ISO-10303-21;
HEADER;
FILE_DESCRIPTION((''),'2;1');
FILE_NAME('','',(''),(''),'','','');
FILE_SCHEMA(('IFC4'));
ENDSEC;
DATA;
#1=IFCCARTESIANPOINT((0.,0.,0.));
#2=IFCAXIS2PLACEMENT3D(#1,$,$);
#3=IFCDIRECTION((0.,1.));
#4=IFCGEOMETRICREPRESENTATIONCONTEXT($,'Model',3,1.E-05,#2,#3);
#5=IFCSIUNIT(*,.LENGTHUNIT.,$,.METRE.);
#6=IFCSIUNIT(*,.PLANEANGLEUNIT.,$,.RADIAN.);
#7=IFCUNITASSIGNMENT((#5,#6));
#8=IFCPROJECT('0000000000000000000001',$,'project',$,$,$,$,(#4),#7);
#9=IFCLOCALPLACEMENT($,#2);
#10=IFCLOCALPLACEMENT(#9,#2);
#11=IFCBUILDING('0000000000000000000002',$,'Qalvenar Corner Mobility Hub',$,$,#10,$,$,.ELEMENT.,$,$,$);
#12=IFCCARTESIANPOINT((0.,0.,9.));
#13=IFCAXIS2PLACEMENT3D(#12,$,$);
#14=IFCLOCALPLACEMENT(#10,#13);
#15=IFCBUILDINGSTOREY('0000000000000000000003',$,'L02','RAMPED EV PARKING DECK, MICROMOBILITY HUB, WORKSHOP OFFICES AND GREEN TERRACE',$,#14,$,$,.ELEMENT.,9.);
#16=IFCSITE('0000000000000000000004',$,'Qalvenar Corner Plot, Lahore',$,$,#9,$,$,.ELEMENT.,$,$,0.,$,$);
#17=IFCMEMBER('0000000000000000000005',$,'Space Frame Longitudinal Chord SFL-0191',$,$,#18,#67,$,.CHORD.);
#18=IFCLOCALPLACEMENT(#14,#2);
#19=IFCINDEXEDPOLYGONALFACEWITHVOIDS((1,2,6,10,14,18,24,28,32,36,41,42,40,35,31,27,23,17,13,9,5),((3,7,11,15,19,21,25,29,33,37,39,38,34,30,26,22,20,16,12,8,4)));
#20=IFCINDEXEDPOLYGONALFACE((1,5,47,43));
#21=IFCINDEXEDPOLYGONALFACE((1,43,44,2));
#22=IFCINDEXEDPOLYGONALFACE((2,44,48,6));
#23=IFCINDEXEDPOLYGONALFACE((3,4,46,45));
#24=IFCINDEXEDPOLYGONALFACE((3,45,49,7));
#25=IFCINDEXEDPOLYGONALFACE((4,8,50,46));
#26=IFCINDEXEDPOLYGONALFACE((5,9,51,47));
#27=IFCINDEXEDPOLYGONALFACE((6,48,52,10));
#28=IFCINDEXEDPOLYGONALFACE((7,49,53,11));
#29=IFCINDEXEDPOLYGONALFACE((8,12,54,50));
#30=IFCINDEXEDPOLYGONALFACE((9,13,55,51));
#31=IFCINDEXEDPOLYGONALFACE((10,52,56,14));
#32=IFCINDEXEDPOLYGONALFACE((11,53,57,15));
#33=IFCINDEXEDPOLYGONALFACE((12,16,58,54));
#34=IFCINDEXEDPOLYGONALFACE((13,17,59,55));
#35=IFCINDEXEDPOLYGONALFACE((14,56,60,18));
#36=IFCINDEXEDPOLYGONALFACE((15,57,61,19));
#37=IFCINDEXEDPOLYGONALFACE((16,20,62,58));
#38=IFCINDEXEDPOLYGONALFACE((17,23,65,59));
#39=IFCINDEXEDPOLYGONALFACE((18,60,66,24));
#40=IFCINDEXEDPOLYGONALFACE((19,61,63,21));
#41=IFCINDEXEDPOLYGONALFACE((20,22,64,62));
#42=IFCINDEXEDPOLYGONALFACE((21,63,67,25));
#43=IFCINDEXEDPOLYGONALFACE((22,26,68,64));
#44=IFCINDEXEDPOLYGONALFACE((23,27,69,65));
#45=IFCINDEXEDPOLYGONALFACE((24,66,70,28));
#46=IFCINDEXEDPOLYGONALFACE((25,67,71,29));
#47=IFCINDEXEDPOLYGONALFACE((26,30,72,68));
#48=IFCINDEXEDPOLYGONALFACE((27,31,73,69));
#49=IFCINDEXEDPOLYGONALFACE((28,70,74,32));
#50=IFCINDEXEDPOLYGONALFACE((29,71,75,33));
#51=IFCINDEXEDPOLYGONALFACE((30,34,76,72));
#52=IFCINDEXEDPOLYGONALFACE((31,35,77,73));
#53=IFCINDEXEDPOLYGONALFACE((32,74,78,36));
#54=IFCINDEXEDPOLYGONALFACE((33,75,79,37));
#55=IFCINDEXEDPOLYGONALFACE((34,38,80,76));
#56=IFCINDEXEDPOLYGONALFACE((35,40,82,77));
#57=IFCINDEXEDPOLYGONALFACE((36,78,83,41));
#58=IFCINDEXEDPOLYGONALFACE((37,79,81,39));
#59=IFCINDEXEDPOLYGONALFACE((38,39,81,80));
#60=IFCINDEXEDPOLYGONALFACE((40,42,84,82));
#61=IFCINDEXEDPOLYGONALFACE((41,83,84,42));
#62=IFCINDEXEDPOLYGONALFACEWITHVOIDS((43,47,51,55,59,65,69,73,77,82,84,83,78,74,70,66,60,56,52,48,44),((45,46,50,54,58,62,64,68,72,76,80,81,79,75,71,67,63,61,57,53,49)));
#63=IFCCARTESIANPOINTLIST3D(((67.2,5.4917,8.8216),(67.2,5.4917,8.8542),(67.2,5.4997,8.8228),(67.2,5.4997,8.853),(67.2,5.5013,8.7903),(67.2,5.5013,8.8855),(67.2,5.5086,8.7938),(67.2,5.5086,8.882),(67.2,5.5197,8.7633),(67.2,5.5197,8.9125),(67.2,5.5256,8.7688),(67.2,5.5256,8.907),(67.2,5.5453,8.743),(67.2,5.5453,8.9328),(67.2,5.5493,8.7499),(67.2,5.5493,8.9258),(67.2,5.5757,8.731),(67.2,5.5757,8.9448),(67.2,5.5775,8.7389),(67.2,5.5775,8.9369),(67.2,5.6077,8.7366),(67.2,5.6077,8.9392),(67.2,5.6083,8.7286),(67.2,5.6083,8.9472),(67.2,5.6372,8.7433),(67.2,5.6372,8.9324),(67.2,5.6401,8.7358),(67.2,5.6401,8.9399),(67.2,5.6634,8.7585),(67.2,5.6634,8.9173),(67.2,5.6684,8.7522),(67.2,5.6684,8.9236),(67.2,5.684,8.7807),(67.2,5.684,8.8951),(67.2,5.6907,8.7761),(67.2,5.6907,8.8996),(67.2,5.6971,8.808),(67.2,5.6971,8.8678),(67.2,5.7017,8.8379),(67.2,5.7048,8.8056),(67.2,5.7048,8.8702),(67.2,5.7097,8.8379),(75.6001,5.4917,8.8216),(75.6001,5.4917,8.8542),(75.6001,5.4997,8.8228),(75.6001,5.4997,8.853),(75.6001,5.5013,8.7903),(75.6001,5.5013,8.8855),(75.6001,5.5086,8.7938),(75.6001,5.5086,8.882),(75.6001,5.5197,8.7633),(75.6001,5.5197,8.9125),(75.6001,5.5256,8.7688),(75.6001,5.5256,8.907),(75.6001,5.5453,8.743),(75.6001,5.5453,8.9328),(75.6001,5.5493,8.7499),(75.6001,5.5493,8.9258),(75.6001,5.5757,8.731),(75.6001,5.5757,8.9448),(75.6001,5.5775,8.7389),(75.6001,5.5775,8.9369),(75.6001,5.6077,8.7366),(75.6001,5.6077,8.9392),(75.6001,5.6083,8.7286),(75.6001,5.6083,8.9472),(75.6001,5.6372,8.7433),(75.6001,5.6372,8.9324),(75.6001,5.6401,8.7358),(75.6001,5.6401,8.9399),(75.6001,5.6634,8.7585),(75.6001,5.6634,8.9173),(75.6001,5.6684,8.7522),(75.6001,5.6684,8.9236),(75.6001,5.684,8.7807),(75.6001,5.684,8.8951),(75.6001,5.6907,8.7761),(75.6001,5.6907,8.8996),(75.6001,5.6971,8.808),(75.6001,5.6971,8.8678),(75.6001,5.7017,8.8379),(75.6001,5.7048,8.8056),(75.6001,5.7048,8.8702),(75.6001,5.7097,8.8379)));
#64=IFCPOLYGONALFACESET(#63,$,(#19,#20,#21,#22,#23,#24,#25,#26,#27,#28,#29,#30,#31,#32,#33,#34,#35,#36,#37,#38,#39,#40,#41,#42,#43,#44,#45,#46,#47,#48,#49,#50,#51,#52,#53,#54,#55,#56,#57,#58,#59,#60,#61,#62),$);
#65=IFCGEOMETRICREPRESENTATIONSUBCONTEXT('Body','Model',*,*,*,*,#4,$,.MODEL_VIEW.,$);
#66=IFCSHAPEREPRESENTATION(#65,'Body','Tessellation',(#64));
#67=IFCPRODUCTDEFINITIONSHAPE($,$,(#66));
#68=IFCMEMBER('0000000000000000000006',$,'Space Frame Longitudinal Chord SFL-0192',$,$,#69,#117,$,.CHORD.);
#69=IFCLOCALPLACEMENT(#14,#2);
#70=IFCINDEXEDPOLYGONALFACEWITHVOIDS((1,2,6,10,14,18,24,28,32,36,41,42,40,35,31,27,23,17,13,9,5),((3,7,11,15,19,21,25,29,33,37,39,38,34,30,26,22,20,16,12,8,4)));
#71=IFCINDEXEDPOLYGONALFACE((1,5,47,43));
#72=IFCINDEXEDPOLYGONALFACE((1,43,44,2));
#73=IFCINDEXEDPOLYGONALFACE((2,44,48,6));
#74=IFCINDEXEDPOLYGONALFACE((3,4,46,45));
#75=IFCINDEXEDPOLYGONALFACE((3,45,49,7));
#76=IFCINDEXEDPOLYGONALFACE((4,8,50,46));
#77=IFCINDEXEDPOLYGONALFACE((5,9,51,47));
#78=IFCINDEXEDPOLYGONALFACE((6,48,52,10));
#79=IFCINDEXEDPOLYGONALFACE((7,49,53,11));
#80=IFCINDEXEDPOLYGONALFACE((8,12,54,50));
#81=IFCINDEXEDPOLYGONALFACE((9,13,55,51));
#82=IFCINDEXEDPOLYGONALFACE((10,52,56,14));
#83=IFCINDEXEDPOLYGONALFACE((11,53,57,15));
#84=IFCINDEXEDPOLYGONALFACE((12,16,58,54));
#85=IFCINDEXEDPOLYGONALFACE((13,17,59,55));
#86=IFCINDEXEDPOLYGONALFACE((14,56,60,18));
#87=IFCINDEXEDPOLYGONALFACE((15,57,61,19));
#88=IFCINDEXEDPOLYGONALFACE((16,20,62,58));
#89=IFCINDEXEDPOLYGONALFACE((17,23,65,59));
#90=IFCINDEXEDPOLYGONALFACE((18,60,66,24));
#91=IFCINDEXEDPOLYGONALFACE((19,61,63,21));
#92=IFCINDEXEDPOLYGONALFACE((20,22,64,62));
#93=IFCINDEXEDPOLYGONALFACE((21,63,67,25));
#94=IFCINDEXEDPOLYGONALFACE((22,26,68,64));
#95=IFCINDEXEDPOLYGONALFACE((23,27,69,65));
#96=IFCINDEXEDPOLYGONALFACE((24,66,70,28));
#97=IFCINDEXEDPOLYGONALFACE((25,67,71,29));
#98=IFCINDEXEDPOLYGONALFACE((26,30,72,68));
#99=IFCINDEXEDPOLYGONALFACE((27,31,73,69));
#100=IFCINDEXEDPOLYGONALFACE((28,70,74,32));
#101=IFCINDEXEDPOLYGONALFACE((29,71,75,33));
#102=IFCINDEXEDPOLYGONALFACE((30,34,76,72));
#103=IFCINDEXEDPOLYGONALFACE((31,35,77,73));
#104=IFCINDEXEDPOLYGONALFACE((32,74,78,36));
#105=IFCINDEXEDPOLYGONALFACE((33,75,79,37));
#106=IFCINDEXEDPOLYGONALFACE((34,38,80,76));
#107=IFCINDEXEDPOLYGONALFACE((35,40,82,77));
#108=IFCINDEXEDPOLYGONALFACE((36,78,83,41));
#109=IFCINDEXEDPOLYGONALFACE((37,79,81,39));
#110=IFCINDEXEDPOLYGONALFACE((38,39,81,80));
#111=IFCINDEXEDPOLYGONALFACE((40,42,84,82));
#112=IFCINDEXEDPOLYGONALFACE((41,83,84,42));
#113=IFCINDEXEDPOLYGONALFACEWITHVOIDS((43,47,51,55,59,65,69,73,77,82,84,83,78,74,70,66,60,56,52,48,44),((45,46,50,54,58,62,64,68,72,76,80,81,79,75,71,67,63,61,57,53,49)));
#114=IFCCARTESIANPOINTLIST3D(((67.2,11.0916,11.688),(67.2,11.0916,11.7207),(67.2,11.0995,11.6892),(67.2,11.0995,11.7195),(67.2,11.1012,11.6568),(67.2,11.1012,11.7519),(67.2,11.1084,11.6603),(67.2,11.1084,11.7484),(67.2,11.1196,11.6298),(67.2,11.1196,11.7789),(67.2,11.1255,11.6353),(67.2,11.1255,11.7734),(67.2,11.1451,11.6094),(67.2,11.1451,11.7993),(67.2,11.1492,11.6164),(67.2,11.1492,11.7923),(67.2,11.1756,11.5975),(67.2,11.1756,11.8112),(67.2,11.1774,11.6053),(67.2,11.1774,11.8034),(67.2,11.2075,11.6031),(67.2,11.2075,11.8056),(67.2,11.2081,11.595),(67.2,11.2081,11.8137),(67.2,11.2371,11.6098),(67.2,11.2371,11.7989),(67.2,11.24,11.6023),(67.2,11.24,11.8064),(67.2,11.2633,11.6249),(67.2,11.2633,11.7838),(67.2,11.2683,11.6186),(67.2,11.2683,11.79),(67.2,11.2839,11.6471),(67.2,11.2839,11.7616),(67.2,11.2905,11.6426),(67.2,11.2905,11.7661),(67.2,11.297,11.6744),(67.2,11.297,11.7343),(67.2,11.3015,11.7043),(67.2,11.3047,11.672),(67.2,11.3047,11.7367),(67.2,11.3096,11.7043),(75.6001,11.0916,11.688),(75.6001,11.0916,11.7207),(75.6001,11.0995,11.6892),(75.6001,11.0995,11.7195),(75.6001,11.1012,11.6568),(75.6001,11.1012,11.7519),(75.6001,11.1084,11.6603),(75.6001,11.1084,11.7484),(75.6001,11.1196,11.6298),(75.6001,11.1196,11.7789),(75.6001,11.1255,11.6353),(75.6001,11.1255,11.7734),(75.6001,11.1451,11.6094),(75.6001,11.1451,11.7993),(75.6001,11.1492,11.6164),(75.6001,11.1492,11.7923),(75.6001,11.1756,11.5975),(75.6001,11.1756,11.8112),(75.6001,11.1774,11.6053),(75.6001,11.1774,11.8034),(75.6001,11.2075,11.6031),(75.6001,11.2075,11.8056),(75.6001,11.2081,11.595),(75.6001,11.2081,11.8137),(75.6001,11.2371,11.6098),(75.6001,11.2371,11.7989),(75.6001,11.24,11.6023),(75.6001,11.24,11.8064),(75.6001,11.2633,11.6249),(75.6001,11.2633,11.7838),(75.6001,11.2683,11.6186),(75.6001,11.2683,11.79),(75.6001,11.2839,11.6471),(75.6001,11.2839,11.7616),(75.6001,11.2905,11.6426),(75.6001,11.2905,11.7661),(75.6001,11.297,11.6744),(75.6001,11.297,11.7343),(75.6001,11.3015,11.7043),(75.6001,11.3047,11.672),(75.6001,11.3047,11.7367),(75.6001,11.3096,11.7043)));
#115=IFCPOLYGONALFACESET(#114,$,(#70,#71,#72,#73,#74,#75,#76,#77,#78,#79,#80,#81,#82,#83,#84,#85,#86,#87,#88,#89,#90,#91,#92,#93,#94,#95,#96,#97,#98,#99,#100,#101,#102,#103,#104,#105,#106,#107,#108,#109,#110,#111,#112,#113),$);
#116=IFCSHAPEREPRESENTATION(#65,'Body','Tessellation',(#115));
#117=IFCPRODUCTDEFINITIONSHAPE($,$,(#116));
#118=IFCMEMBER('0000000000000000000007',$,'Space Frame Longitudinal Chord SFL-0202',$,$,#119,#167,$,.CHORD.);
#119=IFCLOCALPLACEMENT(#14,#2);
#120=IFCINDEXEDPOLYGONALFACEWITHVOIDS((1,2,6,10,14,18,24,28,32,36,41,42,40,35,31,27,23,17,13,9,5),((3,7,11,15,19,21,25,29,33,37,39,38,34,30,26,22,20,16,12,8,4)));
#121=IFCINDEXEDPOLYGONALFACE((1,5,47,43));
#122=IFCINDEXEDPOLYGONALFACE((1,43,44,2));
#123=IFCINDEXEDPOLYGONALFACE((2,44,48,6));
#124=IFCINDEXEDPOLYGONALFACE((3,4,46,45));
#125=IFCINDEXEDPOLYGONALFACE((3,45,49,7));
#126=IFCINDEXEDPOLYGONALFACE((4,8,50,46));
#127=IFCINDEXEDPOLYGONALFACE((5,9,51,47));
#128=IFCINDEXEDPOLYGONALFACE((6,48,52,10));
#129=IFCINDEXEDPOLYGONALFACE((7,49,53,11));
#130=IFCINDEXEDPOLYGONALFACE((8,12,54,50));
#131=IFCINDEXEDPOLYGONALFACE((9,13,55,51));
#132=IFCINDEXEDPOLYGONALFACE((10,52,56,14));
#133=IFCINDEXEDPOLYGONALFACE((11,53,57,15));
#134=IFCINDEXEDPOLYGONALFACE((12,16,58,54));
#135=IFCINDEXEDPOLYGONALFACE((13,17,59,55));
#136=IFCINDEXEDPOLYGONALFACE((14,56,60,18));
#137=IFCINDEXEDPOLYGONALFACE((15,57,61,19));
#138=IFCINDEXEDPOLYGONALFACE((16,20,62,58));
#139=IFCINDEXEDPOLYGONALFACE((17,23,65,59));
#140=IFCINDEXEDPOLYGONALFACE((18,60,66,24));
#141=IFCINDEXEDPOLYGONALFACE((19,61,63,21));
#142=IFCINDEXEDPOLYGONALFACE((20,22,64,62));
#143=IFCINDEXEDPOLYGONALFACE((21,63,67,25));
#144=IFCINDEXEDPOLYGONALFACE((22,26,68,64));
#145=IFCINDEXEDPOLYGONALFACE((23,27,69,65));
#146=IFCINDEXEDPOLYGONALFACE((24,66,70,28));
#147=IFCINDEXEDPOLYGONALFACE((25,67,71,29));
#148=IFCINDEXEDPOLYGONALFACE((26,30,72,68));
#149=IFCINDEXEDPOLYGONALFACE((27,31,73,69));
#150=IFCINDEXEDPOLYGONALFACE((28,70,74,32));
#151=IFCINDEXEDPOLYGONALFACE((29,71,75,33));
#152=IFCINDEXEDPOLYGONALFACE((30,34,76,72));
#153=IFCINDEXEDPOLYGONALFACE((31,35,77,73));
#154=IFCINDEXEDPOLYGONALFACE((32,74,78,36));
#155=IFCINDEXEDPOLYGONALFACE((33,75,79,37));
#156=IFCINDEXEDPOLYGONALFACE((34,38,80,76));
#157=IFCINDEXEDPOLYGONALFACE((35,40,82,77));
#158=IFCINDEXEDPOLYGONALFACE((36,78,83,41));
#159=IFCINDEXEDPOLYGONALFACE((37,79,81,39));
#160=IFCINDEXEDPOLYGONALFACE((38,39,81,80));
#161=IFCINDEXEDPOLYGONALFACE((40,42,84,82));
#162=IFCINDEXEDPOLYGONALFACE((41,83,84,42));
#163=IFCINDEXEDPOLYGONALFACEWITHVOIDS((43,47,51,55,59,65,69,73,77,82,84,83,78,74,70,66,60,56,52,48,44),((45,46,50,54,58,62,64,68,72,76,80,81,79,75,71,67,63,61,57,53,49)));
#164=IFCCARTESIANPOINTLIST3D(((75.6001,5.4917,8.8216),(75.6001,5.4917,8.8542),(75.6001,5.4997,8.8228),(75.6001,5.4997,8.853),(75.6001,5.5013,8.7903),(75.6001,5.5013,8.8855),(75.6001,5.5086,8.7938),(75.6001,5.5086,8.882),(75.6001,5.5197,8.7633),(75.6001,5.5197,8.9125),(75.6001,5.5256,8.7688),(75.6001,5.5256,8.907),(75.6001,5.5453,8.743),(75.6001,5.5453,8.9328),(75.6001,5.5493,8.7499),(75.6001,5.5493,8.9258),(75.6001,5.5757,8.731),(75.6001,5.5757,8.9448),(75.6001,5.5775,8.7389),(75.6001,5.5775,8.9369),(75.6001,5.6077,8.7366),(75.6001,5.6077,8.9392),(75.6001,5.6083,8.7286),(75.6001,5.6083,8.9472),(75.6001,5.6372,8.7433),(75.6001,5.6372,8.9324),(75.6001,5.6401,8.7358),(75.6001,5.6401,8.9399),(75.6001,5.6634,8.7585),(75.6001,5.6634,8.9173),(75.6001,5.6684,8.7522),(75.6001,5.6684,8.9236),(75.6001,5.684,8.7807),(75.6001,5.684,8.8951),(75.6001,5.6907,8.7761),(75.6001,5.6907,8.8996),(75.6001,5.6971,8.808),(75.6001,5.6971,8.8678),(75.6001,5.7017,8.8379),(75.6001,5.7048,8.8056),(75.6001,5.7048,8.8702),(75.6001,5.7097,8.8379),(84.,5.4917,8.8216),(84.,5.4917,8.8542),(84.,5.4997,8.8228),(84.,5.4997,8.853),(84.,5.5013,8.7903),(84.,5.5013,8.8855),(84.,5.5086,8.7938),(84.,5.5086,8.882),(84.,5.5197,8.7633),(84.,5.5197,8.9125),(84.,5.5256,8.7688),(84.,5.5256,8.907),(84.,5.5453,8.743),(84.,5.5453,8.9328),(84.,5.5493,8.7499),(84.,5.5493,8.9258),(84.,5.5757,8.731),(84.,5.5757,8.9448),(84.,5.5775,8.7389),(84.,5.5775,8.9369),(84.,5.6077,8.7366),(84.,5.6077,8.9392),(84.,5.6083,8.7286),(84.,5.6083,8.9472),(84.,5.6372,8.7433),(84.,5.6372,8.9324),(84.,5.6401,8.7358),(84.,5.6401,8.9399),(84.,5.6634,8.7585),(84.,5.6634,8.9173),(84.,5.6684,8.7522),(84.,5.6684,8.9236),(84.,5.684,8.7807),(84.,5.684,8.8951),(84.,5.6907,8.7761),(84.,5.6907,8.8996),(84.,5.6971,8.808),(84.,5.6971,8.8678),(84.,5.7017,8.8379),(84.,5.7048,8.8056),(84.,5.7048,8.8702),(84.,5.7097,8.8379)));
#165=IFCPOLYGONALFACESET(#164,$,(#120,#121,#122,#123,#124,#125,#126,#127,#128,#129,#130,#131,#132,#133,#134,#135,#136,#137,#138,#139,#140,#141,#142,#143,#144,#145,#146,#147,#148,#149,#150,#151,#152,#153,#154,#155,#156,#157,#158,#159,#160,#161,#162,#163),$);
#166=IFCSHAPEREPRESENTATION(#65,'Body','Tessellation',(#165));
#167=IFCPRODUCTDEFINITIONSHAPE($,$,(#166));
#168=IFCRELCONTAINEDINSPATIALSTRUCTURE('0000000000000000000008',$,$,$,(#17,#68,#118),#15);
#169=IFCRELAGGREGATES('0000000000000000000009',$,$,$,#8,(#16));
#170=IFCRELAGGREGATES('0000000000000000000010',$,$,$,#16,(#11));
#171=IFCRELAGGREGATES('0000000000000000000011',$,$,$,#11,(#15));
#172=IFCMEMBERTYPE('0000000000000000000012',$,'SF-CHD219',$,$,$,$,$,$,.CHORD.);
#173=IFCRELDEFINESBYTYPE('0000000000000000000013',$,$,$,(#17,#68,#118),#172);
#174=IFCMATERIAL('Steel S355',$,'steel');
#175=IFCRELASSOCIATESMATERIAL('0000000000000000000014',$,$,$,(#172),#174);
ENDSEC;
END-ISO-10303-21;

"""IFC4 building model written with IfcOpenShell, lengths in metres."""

from ifc_helpers import new_model, si_unit, direction, frame, origin, origin_2d, place, context, subcontext, project, spatial, hollow_circle, extrude, material, material_profile, profile_set, type_object, element, save


model = new_model("IFC4")

# Units and contexts
model_context = context("Model", 3, precision=1e-05, world=origin(), true_north=direction((0.0, 1.0)))
body_context = subcontext(model_context, "Body", "Model", "MODEL_VIEW")
ifc_project = project(units=[si_unit("LENGTHUNIT", "METRE"), si_unit("PLANEANGLEUNIT", "RADIAN")], contexts=[model_context])

# Site, building, storey
site_placement = place(None, origin())
site = spatial("IfcSite", under=ifc_project, at=site_placement, Name="Qalvenar Corner Plot, Lahore", CompositionType="ELEMENT", RefElevation=0.0)
building_placement = place(site_placement, origin())
building = spatial("IfcBuilding", under=site, at=building_placement, Name="Qalvenar Corner Mobility Hub", CompositionType="ELEMENT")
storey_placement = place(building_placement, frame((0.0, 0.0, 9.0)))
storey = spatial("IfcBuildingStorey", under=building, at=storey_placement, Name="L02", Description="RAMPED EV PARKING DECK, MICROMOBILITY HUB, WORKSHOP OFFICES AND GREEN TERRACE", CompositionType="ELEMENT", Elevation=9.0)

# Members
ifc_material_1 = material(Name="Steel S355", Category="steel")
ifc_material_profile_1 = material_profile(ifc_material_1, hollow_circle(Radius=0.1096, WallThickness=0.0081, at=origin_2d()), Name="CHS219.1x8")
ifc_profile_set_1 = profile_set([ifc_material_profile_1], Name="Steel S355")
member_type_1 = type_object("IfcMemberType", Name="SF-CHD219", PredefinedType="CHORD", material=ifc_profile_set_1)
for number, where, z_axis, x_axis, name in (
    (1, (67.2, 5.6001, 8.8379), (1.0, 0.0, 0.0), (0.0, 1.0, 0.0), "Space Frame Longitudinal Chord SFL-0191"),
    (2, (67.2, 11.2, 11.7043), (1.0, 0.0, 0.0), (0.0, 1.0, 0.0), "Space Frame Longitudinal Chord SFL-0192"),
):
    element("IfcMember", number, at=place(storey_placement, frame(where, z_axis=z_axis, x_axis=x_axis)), inside=storey, type_object=member_type_1, Name=name, PredefinedType="CHORD", context=body_context, shape_type="SweptSolid", body=[
        extrude(hollow_circle(Radius=0.1096, WallThickness=0.0081, at=origin_2d()), origin(), (0.0, 0.0, 1.0), 8.4001),
    ])
for number, where, z_axis, x_axis, name in (
    (3, (75.6001, 5.6001, 8.8379), (1.0, 0.0, 0.0), (0.0, 1.0, 0.0), "Space Frame Longitudinal Chord SFL-0202"),
):
    element("IfcMember", number, at=place(storey_placement, frame(where, z_axis=z_axis, x_axis=x_axis)), inside=storey, type_object=member_type_1, Name=name, PredefinedType="CHORD", context=body_context, shape_type="SweptSolid", body=[
        extrude(hollow_circle(Radius=0.1096, WallThickness=0.0081, at=origin_2d()), origin(), (0.0, 0.0, 1.0), 8.3999),
    ])

save(model, "model.ifc")
